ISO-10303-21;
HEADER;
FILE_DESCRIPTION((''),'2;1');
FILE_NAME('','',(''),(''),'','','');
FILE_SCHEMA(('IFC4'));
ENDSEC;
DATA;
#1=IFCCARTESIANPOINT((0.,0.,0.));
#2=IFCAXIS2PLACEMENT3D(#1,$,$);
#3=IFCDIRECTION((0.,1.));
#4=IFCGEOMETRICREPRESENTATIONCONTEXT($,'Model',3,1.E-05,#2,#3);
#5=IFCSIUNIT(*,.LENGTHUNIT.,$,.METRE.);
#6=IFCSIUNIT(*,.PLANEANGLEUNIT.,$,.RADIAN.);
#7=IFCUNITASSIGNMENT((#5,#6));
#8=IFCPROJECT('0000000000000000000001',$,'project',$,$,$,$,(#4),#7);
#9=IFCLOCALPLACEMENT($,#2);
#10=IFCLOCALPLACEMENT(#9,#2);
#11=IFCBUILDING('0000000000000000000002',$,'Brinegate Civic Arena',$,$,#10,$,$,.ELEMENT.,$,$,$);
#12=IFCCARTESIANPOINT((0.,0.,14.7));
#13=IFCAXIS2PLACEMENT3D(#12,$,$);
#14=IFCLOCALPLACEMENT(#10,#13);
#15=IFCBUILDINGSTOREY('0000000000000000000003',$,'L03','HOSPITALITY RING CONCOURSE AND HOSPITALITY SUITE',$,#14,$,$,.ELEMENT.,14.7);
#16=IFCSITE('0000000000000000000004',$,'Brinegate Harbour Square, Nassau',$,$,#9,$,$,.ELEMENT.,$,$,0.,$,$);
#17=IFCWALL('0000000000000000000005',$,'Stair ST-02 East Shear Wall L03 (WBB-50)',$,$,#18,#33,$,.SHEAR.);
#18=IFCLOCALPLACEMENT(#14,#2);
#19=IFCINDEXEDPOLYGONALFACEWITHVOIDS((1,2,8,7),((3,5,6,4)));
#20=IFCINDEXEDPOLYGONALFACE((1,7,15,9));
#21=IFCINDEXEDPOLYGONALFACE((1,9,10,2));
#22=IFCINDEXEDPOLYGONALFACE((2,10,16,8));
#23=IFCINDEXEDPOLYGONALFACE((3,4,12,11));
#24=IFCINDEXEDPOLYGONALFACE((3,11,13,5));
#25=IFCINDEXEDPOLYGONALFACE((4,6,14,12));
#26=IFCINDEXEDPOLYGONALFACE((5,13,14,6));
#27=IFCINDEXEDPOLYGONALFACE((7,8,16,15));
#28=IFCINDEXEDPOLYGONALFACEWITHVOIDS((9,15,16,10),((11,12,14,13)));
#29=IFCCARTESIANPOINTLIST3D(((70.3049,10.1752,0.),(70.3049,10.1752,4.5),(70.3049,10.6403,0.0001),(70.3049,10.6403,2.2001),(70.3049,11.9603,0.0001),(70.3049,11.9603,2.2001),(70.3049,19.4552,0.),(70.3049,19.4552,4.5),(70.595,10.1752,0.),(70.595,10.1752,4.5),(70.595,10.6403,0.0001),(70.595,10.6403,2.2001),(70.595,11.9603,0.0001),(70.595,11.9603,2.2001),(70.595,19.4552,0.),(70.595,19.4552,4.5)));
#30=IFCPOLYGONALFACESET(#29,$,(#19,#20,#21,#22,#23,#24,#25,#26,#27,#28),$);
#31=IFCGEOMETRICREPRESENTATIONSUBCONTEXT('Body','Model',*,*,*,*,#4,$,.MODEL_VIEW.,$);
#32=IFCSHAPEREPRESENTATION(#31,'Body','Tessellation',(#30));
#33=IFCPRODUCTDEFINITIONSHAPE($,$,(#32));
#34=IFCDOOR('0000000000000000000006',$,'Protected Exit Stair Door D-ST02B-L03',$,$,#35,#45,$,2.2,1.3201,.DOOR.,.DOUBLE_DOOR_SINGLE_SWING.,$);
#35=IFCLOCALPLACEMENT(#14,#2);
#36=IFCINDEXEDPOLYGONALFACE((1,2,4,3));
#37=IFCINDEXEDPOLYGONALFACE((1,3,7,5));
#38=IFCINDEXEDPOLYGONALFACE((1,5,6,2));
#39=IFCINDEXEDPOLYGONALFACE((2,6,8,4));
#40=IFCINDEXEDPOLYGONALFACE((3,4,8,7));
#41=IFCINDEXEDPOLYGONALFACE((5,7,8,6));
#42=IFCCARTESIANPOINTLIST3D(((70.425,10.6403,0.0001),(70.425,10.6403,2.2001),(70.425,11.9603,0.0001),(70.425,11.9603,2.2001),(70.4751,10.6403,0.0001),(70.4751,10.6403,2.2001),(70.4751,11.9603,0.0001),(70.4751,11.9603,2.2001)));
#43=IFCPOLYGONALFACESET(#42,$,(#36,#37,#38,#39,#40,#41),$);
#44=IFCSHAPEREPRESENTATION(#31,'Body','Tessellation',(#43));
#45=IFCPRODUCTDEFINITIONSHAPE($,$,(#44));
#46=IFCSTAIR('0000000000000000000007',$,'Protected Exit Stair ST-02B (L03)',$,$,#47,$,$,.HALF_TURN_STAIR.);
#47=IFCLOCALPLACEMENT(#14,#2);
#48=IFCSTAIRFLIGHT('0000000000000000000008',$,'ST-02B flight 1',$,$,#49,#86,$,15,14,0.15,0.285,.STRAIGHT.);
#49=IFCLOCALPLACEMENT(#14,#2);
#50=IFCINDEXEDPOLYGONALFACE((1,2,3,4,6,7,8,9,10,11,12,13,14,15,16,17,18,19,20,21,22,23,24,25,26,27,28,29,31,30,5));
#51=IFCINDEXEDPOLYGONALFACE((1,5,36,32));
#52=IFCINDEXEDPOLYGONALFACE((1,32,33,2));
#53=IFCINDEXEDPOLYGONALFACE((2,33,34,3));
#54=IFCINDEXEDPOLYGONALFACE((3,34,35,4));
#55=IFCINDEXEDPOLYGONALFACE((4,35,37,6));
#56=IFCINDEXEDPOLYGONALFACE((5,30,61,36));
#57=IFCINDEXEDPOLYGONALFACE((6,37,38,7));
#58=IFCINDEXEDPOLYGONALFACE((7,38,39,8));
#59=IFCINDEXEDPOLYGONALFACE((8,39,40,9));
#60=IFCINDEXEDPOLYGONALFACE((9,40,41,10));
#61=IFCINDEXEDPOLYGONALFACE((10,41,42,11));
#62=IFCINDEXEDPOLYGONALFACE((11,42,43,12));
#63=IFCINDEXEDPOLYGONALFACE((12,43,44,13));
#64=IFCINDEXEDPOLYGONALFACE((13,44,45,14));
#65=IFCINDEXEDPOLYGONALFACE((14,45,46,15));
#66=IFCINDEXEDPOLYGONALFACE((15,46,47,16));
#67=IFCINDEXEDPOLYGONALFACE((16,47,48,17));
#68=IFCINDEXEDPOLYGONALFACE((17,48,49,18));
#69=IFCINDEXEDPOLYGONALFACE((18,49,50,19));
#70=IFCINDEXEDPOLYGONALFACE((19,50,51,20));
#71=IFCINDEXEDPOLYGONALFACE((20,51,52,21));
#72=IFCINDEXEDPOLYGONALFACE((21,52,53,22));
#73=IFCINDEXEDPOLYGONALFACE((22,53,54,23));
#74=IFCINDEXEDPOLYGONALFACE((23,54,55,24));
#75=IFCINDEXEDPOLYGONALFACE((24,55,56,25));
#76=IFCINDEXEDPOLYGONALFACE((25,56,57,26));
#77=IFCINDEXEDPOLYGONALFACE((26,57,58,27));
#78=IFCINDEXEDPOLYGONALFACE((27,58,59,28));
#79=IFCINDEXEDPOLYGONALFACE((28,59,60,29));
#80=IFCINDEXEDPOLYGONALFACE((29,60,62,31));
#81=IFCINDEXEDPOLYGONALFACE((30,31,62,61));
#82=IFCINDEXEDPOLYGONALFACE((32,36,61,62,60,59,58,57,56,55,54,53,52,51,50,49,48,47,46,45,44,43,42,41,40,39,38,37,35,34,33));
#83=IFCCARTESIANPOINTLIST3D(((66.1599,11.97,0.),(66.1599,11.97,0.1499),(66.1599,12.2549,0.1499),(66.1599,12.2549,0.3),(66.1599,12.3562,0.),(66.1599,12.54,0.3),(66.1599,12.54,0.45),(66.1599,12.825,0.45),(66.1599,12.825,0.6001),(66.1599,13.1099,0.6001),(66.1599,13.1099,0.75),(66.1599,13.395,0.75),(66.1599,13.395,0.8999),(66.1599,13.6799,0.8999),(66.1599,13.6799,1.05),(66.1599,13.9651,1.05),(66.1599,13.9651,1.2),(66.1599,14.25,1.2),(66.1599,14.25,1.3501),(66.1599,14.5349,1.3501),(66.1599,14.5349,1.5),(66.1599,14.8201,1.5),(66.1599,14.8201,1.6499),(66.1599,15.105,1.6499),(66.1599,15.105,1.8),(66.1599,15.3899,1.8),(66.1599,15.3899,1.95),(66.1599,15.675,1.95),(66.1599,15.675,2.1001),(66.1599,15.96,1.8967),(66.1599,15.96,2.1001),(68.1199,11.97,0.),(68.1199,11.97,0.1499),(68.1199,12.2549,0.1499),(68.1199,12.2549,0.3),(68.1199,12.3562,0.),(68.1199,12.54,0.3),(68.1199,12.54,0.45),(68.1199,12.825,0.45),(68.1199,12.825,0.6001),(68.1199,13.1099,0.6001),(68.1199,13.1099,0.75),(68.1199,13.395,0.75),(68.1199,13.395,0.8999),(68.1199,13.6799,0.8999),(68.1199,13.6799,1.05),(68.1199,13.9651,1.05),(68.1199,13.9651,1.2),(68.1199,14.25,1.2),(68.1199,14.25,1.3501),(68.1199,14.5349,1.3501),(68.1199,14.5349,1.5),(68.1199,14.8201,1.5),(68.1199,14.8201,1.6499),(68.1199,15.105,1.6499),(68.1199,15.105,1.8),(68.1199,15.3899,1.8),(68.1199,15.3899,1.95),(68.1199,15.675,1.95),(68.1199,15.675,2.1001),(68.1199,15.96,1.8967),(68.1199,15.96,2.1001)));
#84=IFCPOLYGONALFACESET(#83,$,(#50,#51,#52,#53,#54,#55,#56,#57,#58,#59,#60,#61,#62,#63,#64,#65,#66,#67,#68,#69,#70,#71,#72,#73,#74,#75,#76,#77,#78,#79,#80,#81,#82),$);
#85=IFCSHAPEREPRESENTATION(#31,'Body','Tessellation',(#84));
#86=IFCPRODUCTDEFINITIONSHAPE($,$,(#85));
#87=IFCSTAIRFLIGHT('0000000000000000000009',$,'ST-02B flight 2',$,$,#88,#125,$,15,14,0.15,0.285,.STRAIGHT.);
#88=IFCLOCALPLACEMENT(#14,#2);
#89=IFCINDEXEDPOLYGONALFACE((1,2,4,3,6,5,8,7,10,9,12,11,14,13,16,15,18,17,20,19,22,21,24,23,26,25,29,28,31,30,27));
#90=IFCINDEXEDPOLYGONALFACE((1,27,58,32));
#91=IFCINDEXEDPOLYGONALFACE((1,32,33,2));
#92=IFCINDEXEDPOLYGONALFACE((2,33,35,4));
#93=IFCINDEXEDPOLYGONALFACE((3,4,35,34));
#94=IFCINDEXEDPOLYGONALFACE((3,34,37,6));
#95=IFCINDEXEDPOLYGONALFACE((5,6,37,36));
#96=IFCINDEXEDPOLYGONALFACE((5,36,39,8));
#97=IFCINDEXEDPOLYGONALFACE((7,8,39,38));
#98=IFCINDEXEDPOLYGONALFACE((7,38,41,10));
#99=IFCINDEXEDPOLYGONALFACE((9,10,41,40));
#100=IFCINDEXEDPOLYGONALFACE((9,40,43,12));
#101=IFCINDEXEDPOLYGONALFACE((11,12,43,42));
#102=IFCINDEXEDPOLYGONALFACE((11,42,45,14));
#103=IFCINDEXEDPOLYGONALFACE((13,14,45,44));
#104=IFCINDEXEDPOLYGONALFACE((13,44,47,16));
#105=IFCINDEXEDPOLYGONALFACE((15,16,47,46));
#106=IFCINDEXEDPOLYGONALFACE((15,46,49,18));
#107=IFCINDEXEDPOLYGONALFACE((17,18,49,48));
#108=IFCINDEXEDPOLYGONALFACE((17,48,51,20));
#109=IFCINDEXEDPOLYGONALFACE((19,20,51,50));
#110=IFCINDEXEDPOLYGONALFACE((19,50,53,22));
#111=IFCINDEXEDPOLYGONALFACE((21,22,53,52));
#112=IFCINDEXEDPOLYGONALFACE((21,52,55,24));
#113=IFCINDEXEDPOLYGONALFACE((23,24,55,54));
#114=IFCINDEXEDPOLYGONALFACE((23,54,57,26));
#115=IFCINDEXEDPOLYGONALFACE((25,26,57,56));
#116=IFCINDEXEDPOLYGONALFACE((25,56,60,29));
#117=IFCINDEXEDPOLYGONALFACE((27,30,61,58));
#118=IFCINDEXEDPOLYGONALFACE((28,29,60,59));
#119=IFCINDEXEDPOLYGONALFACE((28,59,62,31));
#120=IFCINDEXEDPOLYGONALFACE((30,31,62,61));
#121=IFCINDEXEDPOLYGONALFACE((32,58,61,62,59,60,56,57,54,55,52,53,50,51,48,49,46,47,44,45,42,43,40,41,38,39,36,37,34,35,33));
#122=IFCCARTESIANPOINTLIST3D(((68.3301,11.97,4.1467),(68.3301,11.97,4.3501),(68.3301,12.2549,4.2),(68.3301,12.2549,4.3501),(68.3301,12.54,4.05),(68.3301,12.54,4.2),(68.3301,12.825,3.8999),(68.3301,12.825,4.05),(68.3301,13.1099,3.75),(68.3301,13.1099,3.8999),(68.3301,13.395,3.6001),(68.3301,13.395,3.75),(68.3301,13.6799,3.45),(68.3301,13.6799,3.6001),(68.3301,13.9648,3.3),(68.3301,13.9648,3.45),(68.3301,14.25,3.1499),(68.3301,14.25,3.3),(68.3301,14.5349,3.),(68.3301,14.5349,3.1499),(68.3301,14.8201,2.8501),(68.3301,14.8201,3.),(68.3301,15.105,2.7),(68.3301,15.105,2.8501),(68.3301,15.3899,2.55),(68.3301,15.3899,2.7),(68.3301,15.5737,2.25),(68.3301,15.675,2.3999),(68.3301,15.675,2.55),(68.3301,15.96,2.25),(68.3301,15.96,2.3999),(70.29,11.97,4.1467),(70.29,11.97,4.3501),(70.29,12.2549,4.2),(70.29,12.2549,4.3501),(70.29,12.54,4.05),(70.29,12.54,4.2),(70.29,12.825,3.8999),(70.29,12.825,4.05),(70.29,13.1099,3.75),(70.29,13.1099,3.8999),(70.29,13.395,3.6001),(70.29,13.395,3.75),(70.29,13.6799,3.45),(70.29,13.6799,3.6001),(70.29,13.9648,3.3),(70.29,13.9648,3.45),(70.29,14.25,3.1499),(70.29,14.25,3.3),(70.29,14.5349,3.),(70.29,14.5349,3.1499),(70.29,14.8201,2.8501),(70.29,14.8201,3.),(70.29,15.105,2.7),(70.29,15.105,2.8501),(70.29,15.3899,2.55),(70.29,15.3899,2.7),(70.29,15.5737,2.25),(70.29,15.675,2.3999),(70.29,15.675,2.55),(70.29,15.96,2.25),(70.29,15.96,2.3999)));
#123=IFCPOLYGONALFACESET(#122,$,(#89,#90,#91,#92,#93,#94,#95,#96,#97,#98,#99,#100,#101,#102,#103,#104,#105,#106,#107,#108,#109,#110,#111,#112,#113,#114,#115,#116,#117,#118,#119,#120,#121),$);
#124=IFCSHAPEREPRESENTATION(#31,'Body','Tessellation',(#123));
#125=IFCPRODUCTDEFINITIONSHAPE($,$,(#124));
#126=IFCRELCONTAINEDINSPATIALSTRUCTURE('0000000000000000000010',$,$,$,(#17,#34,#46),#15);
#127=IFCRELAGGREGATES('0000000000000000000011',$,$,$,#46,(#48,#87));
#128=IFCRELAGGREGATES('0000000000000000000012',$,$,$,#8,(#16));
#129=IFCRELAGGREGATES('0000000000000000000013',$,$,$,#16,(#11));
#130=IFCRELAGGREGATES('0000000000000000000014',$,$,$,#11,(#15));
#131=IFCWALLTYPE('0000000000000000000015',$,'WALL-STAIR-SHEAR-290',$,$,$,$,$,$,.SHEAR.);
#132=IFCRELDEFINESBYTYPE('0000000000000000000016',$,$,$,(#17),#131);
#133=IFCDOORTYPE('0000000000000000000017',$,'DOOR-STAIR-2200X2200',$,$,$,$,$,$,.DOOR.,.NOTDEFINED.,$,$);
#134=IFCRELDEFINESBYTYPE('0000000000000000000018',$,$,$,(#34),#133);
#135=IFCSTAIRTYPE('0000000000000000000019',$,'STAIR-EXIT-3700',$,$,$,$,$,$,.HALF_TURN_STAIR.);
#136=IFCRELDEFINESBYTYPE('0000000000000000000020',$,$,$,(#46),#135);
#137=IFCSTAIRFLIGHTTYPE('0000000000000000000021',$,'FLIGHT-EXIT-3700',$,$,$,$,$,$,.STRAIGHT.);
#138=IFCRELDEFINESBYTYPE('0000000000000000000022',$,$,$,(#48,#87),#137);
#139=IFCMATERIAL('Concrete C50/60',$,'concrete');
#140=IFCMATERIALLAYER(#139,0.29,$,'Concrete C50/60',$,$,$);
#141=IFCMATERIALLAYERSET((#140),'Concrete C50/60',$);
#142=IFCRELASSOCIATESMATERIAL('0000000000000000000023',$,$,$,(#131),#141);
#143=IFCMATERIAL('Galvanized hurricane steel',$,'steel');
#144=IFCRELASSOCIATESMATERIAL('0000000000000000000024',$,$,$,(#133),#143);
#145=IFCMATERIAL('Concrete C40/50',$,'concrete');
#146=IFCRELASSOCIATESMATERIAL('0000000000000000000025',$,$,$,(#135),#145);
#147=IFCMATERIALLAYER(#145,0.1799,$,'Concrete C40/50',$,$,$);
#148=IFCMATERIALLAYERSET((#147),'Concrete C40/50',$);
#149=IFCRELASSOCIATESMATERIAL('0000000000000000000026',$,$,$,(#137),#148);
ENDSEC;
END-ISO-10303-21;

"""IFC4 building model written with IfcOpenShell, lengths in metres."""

from ifc_helpers import new_model, si_unit, direction, frame, frame_2d, origin, place, context, subcontext, project, spatial, polyline, rectangle, outline, extrude, material, layer, layer_set, type_object, element, fill, aggregate, save


model = new_model("IFC4")

# Units and contexts
model_context = context("Model", 3, precision=1e-05, world=origin(), true_north=direction((0.0, 1.0)))
body_context = subcontext(model_context, "Body", "Model", "MODEL_VIEW")
ifc_project = project(units=[si_unit("LENGTHUNIT", "METRE"), si_unit("PLANEANGLEUNIT", "RADIAN")], contexts=[model_context])

# Site, building, storey
site_placement = place(None, origin())
site = spatial("IfcSite", under=ifc_project, at=site_placement, Name="Brinegate Harbour Square, Nassau", CompositionType="ELEMENT", RefElevation=0.0)
building_placement = place(site_placement, origin())
building = spatial("IfcBuilding", under=site, at=building_placement, Name="Brinegate Civic Arena", CompositionType="ELEMENT")
storey_placement = place(building_placement, frame((0.0, 0.0, 14.7)))
storey = spatial("IfcBuildingStorey", under=building, at=storey_placement, Name="L03", Description="HOSPITALITY RING CONCOURSE AND HOSPITALITY SUITE", CompositionType="ELEMENT", Elevation=14.7)

# Shared definitions
ifc_material_1 = material(Name="Concrete C50/60", Category="concrete")

# Shared definitions
ifc_material_2 = material(Name="Galvanized hurricane steel", Category="steel")

# Wall, opening, door
ifc_layer_1 = layer(ifc_material_1, 0.29, Name="Concrete C50/60")
ifc_layer_set_1 = layer_set([ifc_layer_1], Name="Concrete C50/60")
wall_type_1 = type_object("IfcWallType", Name="WALL-STAIR-SHEAR-290", PredefinedType="SHEAR", material=ifc_layer_set_1)
wall_1_placement = place(storey_placement, frame((70.45, 10.175, 0.0), z_axis=(0.0, 0.0, 1.0), x_axis=(0.0, 1.0, 0.0)))
wall_1 = element("IfcWall", 1, at=wall_1_placement, inside=storey, type_object=wall_type_1, Name="Stair ST-02 East Shear Wall L03 (WBB-50)", PredefinedType="SHEAR", context=body_context, shape_type="SweptSolid", body=[
    extrude(rectangle(XDim=9.28, YDim=0.29, at=frame_2d((4.6401, 0.0))), origin(), (0.0, 0.0, 1.0), 4.5),
])
opening_1_placement = place(wall_1_placement, frame((0.4651, 0.0, 0.0)))
opening_1 = element("IfcOpeningElement", 2, at=opening_1_placement, cuts=wall_1, PredefinedType="OPENING", context=body_context, shape_type="SweptSolid", body=[
    extrude(rectangle(XDim=1.3201, YDim=2.2, at=frame_2d((0.6602, 1.1001))), frame((0.0, 0.155, 0.0), z_axis=(0.0, -1.0, 0.0), x_axis=(1.0, 0.0, 0.0)), (0.0, 0.0, 1.0), 0.3101),
])
door_type_1 = type_object("IfcDoorType", Name="DOOR-STAIR-2200X2200", OperationType="NOTDEFINED", PredefinedType="DOOR", material=ifc_material_2)
door_1_placement = place(opening_1_placement, origin())
door_1 = element("IfcDoor", 3, at=door_1_placement, inside=storey, type_object=door_type_1, Name="Protected Exit Stair Door D-ST02B-L03", OperationType="DOUBLE_DOOR_SINGLE_SWING", OverallHeight=2.2, OverallWidth=1.3201, PredefinedType="DOOR", context=body_context, shape_type="SweptSolid", body=[
    extrude(rectangle(XDim=1.3201, YDim=2.2, at=frame_2d((0.6602, 1.1001))), frame((0.0, 0.0249, 0.0), z_axis=(0.0, -1.0, 0.0), x_axis=(1.0, 0.0, 0.0)), (0.0, 0.0, 1.0), 0.05),
])
fill(opening_1, door_1)

# Stair, stair flights
ifc_material_3 = material(Name="Concrete C40/50", Category="concrete")
stair_type = type_object("IfcStairType", Name="STAIR-EXIT-3700", PredefinedType="HALF_TURN_STAIR", material=ifc_material_3)
stair_placement = place(storey_placement, origin())
stair = element("IfcStair", 4, at=stair_placement, inside=storey, type_object=stair_type, Name="Protected Exit Stair ST-02B (L03)", PredefinedType="HALF_TURN_STAIR")
ifc_layer_2 = layer(ifc_material_3, 0.1799, Name="Concrete C40/50")
ifc_layer_set_2 = layer_set([ifc_layer_2], Name="Concrete C40/50")
stair_flight_type = type_object("IfcStairFlightType", Name="FLIGHT-EXIT-3700", PredefinedType="STRAIGHT", material=ifc_layer_set_2)
stair_flight_1_placement = place(storey_placement, frame((67.1399, 11.97, 0.0), z_axis=(0.0, 0.0, 1.0), x_axis=(0.0, 1.0, 0.0)))
stair_flight_1 = element("IfcStairFlight", 5, at=stair_flight_1_placement, type_object=stair_flight_type, Name="ST-02B flight 1", NumberOfRisers=15, NumberOfTreads=14, PredefinedType="STRAIGHT", RiserHeight=0.15, TreadLength=0.285, context=body_context, shape_type="SweptSolid", body=[
    extrude(outline(polyline([(0.0, 0.0), (0.0, 0.1499), (0.2849, 0.1499), (0.2849, 0.3), (0.5701, 0.3), (0.5701, 0.45), (0.855, 0.45), (0.855, 0.6001), (1.1399, 0.6001), (1.1399, 0.75), (1.425, 0.75), (1.425, 0.8999), (1.71, 0.8999), (1.71, 1.05), (1.9951, 1.05), (1.9951, 1.2), (2.28, 1.2), (2.28, 1.3501), (2.5649, 1.3501), (2.5649, 1.5), (2.8501, 1.5), (2.8501, 1.6499), (3.135, 1.6499), (3.135, 1.8), (3.4199, 1.8), (3.4199, 1.95), (3.7051, 1.95), (3.7051, 2.1001), (3.99, 2.1001), (3.99, 2.25), (3.99, 1.8967), (0.3862, 0.0), (0.0, 0.0)])), frame((0.0, 0.98, 0.0), z_axis=(0.0, -1.0, 0.0), x_axis=(1.0, 0.0, 0.0)), (0.0, 0.0, 1.0), 1.96),
])
stair_flight_2_placement = place(storey_placement, frame((69.3101, 15.96, 2.25), z_axis=(0.0, 0.0, 1.0), x_axis=(0.0, -1.0, 0.0)))
stair_flight_2 = element("IfcStairFlight", 6, at=stair_flight_2_placement, type_object=stair_flight_type, Name="ST-02B flight 2", NumberOfRisers=15, NumberOfTreads=14, PredefinedType="STRAIGHT", RiserHeight=0.15, TreadLength=0.285, context=body_context, shape_type="SweptSolid", body=[
    extrude(outline(polyline([(0.0, 0.0), (0.0, 0.1499), (0.2849, 0.1499), (0.2849, 0.3), (0.5701, 0.3), (0.5701, 0.45), (0.855, 0.45), (0.855, 0.6001), (1.1399, 0.6001), (1.1399, 0.75), (1.425, 0.75), (1.425, 0.8999), (1.71, 0.8999), (1.71, 1.05), (1.9951, 1.05), (1.9951, 1.2), (2.28, 1.2), (2.28, 1.3501), (2.5649, 1.3501), (2.5649, 1.5), (2.8501, 1.5), (2.8501, 1.6499), (3.135, 1.6499), (3.135, 1.8), (3.4199, 1.8), (3.4199, 1.95), (3.7051, 1.95), (3.7051, 2.1001), (3.99, 2.1001), (3.99, 2.25), (3.99, 1.8967), (0.3862, 0.0), (0.0, 0.0)])), frame((0.0, 0.98, 0.0), z_axis=(0.0, -1.0, 0.0), x_axis=(1.0, 0.0, 0.0)), (0.0, 0.0, 1.0), 1.96),
])
aggregate(stair, [stair_flight_1, stair_flight_2])

save(model, "model.ifc")
